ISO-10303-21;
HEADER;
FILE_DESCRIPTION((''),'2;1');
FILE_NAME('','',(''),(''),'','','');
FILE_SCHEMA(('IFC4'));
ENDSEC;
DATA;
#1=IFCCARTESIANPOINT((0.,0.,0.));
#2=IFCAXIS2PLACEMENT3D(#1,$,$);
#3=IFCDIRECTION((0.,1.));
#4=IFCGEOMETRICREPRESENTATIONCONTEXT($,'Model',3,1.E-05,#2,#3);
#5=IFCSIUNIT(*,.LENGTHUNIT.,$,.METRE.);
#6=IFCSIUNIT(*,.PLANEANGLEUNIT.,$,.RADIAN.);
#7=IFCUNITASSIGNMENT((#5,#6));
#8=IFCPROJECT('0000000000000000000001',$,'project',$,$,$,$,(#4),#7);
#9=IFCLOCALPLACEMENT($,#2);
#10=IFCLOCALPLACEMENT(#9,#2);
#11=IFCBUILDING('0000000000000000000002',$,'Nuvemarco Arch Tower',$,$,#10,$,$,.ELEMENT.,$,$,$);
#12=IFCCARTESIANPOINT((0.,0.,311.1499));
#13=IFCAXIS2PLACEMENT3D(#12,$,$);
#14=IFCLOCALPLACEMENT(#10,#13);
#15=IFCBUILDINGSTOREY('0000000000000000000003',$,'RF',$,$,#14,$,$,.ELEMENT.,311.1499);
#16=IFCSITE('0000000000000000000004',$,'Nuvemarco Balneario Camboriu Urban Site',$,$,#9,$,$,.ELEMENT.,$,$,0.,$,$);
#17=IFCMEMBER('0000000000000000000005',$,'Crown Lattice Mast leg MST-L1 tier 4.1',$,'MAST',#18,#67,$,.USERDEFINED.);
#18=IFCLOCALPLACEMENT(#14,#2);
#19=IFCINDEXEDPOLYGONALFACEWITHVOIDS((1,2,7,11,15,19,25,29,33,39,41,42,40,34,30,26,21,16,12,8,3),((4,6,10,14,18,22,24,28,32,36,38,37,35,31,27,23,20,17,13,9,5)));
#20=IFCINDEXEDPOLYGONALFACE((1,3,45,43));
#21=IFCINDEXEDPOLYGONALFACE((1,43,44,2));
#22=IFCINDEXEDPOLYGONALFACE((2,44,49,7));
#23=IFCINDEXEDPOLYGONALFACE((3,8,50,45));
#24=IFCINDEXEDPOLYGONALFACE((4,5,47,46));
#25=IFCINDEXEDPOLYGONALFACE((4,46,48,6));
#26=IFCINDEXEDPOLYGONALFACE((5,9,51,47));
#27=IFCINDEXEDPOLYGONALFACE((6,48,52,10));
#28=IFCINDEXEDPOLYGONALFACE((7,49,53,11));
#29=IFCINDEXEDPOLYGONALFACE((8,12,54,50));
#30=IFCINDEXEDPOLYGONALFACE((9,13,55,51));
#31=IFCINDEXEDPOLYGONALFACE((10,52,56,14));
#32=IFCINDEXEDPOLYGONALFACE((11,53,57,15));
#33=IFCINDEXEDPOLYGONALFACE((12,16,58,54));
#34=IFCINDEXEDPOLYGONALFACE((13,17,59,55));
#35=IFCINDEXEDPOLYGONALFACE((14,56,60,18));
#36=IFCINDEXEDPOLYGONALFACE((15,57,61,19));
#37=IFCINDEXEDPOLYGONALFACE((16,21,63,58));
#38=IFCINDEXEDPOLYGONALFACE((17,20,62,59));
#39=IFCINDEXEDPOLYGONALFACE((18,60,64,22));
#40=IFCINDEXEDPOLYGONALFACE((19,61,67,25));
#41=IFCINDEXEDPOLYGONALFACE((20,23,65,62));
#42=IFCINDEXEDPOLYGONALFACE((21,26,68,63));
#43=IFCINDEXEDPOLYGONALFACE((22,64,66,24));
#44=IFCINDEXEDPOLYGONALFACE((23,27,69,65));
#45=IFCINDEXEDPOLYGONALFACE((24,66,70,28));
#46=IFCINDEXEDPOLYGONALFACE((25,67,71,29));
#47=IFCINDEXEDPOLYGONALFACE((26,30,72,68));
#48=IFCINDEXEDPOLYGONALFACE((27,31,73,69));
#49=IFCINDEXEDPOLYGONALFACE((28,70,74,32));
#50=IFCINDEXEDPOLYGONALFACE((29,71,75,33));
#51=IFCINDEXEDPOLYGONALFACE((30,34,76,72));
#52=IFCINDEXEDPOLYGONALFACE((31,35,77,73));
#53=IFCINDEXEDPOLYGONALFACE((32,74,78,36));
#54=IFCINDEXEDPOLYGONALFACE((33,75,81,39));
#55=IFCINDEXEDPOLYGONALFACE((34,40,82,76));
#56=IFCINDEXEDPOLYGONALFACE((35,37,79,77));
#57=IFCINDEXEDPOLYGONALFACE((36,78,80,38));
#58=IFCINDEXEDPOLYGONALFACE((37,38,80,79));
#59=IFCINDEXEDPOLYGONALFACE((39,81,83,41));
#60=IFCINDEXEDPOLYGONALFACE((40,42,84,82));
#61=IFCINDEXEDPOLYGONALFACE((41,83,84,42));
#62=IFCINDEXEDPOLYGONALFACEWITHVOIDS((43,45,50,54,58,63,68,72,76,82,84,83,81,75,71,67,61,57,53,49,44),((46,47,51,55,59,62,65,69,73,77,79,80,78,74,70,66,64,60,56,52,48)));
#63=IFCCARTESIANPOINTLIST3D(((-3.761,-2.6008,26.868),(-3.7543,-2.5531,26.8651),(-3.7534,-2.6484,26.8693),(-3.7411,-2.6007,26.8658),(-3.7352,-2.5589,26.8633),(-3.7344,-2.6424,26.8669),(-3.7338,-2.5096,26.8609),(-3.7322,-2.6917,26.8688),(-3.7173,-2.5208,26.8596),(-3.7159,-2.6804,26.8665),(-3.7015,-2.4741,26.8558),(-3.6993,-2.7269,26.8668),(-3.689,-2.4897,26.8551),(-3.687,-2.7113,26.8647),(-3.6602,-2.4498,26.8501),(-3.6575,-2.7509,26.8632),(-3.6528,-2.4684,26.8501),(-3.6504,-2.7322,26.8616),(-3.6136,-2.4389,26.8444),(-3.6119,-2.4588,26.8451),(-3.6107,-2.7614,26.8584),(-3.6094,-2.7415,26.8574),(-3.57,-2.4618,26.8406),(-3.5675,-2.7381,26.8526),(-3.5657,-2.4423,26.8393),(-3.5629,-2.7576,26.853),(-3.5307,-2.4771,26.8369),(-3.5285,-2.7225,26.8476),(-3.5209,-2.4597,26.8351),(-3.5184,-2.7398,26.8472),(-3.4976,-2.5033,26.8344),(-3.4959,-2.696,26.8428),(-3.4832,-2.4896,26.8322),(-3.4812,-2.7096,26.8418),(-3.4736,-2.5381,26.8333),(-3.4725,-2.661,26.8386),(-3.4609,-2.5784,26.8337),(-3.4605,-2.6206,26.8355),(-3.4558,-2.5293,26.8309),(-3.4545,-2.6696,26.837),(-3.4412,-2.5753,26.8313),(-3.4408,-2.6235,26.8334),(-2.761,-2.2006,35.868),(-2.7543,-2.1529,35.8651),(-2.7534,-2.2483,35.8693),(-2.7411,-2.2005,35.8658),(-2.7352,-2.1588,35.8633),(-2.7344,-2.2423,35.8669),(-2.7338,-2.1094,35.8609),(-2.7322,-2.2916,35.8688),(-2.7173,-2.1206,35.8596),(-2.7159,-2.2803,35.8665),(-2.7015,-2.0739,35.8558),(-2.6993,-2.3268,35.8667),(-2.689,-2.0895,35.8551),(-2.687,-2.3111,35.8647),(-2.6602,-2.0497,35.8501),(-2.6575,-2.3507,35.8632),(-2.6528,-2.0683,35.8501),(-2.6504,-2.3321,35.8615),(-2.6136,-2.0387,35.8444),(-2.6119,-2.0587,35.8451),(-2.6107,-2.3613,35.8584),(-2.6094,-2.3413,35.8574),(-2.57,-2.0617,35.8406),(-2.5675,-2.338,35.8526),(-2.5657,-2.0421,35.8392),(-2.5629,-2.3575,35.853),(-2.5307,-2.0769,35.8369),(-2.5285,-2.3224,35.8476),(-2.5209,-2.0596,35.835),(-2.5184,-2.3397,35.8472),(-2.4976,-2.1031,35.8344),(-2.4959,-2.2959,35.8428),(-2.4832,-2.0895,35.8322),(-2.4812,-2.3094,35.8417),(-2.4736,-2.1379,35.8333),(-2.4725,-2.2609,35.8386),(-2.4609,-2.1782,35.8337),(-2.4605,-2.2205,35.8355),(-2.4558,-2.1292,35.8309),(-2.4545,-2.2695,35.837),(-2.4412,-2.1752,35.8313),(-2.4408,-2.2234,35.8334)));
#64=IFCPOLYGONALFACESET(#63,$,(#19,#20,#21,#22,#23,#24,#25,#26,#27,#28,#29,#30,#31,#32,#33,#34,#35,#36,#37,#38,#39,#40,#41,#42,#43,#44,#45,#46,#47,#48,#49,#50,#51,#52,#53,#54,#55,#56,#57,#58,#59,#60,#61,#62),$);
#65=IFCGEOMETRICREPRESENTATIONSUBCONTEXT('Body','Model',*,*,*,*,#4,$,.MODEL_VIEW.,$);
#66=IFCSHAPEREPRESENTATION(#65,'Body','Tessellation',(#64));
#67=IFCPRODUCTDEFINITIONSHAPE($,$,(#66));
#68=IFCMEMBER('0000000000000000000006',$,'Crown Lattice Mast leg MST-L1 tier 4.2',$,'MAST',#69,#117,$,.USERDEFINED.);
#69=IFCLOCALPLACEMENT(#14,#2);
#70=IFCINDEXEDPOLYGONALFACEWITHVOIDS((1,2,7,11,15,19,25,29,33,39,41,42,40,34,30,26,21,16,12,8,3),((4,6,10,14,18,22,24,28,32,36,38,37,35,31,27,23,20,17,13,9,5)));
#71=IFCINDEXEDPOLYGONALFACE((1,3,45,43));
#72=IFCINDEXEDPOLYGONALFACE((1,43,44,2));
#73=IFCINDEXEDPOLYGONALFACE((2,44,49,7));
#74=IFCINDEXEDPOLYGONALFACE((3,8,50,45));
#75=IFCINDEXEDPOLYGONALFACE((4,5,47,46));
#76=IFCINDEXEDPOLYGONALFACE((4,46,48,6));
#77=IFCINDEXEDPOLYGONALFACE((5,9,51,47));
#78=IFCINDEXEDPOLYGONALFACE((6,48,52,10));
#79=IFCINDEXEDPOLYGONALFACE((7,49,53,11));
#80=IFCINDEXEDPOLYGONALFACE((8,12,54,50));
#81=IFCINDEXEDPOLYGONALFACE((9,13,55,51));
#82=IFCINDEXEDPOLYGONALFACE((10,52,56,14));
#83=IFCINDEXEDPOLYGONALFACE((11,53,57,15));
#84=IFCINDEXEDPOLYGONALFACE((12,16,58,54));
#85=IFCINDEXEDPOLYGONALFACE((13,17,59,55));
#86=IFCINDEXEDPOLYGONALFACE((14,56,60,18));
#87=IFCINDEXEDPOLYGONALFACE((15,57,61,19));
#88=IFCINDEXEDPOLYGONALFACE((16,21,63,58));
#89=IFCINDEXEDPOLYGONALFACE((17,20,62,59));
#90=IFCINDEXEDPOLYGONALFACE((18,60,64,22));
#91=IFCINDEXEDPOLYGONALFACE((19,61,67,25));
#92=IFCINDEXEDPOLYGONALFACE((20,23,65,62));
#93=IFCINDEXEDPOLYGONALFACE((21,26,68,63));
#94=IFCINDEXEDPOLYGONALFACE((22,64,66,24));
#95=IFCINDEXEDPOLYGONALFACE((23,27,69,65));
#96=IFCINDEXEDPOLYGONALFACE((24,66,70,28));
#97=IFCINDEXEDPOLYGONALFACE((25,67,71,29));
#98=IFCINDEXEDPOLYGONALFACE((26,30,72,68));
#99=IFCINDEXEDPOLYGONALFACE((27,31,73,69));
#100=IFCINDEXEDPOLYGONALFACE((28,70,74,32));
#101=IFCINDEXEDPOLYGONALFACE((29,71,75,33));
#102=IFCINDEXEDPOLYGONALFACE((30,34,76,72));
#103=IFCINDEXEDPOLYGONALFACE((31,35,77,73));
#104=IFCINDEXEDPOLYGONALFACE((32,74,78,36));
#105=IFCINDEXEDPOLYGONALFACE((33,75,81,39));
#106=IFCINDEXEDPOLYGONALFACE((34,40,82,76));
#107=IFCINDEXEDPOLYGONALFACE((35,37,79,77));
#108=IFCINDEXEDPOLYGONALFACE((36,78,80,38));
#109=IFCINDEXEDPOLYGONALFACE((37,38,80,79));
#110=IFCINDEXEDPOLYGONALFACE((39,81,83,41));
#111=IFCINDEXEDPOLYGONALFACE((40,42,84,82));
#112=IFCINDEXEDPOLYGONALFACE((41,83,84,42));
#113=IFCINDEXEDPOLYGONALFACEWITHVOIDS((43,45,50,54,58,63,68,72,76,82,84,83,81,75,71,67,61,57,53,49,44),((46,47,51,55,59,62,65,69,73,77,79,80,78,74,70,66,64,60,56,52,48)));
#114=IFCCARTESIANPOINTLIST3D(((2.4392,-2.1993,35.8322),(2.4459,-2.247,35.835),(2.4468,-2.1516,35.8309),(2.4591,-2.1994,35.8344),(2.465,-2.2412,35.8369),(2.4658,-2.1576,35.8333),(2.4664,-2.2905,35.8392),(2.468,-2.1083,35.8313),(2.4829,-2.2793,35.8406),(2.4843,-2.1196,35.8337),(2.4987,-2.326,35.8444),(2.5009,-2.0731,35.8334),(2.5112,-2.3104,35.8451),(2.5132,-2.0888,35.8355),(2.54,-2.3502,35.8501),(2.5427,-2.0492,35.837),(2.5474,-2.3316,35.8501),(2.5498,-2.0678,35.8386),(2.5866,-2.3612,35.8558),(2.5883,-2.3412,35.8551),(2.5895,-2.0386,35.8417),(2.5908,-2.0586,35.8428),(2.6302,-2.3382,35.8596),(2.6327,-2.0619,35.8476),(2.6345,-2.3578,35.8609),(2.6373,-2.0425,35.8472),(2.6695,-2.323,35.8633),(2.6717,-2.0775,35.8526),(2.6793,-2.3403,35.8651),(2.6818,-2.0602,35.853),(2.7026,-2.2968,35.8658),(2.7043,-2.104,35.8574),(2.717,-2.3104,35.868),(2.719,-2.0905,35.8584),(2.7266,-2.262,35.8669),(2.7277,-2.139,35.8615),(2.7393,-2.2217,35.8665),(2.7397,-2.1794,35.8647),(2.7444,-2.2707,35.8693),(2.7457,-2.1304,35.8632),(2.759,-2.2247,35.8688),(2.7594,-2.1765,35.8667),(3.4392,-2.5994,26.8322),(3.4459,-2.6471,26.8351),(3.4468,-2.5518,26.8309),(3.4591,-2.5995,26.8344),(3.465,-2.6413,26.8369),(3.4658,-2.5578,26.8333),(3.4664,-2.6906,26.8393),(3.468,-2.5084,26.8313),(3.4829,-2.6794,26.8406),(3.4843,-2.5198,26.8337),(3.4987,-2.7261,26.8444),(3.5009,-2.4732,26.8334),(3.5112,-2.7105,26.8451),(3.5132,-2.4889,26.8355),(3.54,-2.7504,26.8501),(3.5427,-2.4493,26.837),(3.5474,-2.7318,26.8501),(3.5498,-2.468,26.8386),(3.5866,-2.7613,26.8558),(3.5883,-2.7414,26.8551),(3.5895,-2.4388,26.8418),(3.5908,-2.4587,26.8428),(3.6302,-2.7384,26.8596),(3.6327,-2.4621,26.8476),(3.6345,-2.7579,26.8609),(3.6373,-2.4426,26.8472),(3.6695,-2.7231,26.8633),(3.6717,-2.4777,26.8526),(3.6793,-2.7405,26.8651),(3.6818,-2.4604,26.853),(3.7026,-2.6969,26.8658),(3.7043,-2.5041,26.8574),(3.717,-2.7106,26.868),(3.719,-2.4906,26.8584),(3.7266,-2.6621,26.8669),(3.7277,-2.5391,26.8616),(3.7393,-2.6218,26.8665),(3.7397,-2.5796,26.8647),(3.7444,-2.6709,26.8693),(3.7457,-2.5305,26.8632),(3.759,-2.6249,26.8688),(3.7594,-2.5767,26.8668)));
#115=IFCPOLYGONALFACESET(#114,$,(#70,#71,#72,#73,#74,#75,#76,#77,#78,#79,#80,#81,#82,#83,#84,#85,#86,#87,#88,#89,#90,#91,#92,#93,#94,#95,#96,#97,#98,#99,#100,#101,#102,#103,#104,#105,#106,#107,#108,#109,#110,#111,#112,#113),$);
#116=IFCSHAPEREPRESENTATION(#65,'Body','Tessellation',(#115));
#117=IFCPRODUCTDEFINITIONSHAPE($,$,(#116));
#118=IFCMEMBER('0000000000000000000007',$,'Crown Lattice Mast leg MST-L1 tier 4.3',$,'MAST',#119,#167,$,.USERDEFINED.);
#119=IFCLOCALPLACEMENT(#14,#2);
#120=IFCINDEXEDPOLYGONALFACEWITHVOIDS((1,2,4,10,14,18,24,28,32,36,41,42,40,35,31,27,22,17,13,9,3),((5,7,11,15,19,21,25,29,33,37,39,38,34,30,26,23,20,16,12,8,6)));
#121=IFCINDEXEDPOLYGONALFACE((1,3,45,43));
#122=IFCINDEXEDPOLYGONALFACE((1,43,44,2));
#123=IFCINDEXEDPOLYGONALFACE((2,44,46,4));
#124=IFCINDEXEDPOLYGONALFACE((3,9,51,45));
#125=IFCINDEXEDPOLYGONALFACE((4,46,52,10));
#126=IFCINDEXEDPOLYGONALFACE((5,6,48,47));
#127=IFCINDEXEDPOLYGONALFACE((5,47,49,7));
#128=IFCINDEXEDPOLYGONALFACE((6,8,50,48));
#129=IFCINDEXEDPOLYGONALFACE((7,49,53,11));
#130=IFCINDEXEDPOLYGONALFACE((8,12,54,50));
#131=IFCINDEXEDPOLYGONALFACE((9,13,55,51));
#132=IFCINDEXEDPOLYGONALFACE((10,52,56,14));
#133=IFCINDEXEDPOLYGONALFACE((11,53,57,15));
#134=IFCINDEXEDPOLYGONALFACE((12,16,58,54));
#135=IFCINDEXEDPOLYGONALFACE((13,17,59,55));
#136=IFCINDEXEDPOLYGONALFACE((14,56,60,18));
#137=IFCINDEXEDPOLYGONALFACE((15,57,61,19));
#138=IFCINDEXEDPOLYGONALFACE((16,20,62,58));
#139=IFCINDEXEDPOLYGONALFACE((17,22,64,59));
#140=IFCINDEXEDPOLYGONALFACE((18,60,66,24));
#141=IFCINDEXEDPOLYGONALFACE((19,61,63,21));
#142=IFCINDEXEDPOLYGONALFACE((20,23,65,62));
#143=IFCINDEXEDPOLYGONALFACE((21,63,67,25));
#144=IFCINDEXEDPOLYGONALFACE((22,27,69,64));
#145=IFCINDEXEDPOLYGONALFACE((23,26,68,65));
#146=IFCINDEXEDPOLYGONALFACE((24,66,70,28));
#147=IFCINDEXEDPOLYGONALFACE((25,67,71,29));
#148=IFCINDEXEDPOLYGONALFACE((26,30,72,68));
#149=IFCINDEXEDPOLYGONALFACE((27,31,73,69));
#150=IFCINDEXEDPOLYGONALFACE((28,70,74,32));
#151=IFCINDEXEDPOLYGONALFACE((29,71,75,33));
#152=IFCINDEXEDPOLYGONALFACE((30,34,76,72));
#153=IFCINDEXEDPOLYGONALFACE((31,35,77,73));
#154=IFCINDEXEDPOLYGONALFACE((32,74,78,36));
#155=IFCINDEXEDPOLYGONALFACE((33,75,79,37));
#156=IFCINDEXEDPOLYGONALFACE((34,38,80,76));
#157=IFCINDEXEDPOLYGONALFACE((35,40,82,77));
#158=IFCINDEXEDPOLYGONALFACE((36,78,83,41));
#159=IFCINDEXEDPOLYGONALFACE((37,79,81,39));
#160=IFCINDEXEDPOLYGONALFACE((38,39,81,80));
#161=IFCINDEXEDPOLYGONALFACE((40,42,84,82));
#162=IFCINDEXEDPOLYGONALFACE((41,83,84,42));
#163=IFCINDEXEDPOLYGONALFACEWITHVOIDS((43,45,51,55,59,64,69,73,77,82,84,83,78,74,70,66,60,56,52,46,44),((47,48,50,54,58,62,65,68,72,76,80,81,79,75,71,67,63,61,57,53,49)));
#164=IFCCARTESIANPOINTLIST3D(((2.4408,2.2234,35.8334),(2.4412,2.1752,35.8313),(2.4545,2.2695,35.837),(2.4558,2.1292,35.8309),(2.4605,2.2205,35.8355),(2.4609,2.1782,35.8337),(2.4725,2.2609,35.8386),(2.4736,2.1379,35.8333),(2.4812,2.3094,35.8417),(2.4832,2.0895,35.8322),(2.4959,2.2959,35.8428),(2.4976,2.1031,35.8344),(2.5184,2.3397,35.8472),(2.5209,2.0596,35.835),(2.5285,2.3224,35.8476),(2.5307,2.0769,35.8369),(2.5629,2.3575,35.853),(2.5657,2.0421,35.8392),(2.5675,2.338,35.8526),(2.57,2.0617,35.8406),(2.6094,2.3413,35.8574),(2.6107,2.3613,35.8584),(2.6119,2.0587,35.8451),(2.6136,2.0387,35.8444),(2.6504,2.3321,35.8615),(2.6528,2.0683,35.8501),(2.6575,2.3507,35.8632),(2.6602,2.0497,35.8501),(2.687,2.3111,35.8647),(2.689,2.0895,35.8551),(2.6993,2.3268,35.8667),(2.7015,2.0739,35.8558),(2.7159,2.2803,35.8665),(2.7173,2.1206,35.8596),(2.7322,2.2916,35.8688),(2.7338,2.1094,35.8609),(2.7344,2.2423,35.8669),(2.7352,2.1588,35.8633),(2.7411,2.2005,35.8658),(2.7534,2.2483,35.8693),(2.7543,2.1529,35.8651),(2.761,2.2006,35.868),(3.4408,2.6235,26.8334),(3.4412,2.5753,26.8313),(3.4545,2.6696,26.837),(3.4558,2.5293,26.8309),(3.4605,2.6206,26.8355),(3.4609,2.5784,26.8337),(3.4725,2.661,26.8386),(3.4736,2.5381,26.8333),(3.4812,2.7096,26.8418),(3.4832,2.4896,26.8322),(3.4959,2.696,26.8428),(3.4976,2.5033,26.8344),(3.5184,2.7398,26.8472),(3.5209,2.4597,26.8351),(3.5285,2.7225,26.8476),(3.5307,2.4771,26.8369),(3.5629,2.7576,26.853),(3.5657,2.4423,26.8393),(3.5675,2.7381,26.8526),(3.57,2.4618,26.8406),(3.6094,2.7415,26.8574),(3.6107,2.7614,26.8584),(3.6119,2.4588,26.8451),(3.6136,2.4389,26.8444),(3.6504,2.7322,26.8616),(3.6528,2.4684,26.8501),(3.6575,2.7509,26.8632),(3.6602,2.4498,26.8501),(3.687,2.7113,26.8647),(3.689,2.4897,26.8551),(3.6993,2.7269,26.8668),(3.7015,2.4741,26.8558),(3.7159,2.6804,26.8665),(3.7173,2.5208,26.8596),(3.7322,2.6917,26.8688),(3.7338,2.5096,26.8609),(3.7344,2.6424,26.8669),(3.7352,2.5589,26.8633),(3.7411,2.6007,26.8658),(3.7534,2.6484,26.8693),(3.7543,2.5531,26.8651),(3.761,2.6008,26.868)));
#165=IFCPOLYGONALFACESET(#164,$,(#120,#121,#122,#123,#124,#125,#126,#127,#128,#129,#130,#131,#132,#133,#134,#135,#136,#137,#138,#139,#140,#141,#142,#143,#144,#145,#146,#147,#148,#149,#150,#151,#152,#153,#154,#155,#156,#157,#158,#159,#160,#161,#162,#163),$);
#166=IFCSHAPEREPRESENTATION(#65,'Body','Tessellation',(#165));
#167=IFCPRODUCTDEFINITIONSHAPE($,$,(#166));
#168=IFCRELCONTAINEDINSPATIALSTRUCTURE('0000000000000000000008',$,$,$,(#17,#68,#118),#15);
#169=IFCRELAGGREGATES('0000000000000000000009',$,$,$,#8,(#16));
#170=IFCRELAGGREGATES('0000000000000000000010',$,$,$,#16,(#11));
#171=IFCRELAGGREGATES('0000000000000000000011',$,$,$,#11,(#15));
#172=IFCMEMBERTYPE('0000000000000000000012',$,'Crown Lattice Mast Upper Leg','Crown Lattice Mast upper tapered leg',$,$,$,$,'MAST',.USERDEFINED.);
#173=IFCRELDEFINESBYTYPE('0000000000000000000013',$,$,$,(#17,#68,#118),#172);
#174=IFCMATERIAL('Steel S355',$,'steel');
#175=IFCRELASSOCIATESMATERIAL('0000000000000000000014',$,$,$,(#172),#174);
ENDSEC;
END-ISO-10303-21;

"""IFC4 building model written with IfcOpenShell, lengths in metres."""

from ifc_helpers import new_model, si_unit, direction, frame, origin, origin_2d, place, context, subcontext, project, spatial, hollow_circle, extrude, material, material_profile, profile_set, type_object, element, save


model = new_model("IFC4")

# Units and contexts
model_context = context("Model", 3, precision=1e-05, world=origin(), true_north=direction((0.0, 1.0)))
body_context = subcontext(model_context, "Body", "Model", "MODEL_VIEW")
ifc_project = project(units=[si_unit("LENGTHUNIT", "METRE"), si_unit("PLANEANGLEUNIT", "RADIAN")], contexts=[model_context])

# Site, building, storey
site_placement = place(None, origin())
site = spatial("IfcSite", under=ifc_project, at=site_placement, Name="Nuvemarco Balneario Camboriu Urban Site", CompositionType="ELEMENT", RefElevation=0.0)
building_placement = place(site_placement, origin())
building = spatial("IfcBuilding", under=site, at=building_placement, Name="Nuvemarco Arch Tower", CompositionType="ELEMENT")
storey_placement = place(building_placement, frame((0.0, 0.0, 311.1499)))
storey = spatial("IfcBuildingStorey", under=building, at=storey_placement, Name="RF", CompositionType="ELEMENT", Elevation=311.1499)

# Members
ifc_material = material(Name="Steel S355", Category="steel")
ifc_material_profile_1 = material_profile(ifc_material, hollow_circle(Radius=0.1619, WallThickness=0.02, at=origin_2d()), Name="CHS323.9x20")
ifc_profile_set_1 = profile_set([ifc_material_profile_1], Name="Steel S355")
member_type_1 = type_object("IfcMemberType", Name="Crown Lattice Mast Upper Leg", Description="Crown Lattice Mast upper tapered leg", ElementType="MAST", PredefinedType="USERDEFINED", material=ifc_profile_set_1)
for number, where, z_axis, x_axis, name in (
    (1, (-3.6001, -2.6001, 26.8501), (0.110324, 0.044146, 0.992915), (-0.371508, 0.92843, 0.0), "Crown Lattice Mast leg MST-L1 tier 4.1"),
    (2, (3.6001, -2.6001, 26.8501), (-0.110324, 0.044146, 0.992915), (-0.371508, -0.92843, 0.0), "Crown Lattice Mast leg MST-L1 tier 4.2"),
    (3, (3.6001, 2.6001, 26.8501), (-0.110324, -0.044146, 0.992915), (0.371508, -0.92843, 0.0), "Crown Lattice Mast leg MST-L1 tier 4.3"),
):
    element("IfcMember", number, at=place(storey_placement, frame(where, z_axis=z_axis, x_axis=x_axis)), inside=storey, type_object=member_type_1, Name=name, ObjectType="MAST", PredefinedType="USERDEFINED", context=body_context, shape_type="SweptSolid", body=[
        extrude(hollow_circle(Radius=0.1619, WallThickness=0.02, at=origin_2d()), origin(), (0.0, 0.0, 1.0), 9.0642),
    ])

save(model, "model.ifc")
